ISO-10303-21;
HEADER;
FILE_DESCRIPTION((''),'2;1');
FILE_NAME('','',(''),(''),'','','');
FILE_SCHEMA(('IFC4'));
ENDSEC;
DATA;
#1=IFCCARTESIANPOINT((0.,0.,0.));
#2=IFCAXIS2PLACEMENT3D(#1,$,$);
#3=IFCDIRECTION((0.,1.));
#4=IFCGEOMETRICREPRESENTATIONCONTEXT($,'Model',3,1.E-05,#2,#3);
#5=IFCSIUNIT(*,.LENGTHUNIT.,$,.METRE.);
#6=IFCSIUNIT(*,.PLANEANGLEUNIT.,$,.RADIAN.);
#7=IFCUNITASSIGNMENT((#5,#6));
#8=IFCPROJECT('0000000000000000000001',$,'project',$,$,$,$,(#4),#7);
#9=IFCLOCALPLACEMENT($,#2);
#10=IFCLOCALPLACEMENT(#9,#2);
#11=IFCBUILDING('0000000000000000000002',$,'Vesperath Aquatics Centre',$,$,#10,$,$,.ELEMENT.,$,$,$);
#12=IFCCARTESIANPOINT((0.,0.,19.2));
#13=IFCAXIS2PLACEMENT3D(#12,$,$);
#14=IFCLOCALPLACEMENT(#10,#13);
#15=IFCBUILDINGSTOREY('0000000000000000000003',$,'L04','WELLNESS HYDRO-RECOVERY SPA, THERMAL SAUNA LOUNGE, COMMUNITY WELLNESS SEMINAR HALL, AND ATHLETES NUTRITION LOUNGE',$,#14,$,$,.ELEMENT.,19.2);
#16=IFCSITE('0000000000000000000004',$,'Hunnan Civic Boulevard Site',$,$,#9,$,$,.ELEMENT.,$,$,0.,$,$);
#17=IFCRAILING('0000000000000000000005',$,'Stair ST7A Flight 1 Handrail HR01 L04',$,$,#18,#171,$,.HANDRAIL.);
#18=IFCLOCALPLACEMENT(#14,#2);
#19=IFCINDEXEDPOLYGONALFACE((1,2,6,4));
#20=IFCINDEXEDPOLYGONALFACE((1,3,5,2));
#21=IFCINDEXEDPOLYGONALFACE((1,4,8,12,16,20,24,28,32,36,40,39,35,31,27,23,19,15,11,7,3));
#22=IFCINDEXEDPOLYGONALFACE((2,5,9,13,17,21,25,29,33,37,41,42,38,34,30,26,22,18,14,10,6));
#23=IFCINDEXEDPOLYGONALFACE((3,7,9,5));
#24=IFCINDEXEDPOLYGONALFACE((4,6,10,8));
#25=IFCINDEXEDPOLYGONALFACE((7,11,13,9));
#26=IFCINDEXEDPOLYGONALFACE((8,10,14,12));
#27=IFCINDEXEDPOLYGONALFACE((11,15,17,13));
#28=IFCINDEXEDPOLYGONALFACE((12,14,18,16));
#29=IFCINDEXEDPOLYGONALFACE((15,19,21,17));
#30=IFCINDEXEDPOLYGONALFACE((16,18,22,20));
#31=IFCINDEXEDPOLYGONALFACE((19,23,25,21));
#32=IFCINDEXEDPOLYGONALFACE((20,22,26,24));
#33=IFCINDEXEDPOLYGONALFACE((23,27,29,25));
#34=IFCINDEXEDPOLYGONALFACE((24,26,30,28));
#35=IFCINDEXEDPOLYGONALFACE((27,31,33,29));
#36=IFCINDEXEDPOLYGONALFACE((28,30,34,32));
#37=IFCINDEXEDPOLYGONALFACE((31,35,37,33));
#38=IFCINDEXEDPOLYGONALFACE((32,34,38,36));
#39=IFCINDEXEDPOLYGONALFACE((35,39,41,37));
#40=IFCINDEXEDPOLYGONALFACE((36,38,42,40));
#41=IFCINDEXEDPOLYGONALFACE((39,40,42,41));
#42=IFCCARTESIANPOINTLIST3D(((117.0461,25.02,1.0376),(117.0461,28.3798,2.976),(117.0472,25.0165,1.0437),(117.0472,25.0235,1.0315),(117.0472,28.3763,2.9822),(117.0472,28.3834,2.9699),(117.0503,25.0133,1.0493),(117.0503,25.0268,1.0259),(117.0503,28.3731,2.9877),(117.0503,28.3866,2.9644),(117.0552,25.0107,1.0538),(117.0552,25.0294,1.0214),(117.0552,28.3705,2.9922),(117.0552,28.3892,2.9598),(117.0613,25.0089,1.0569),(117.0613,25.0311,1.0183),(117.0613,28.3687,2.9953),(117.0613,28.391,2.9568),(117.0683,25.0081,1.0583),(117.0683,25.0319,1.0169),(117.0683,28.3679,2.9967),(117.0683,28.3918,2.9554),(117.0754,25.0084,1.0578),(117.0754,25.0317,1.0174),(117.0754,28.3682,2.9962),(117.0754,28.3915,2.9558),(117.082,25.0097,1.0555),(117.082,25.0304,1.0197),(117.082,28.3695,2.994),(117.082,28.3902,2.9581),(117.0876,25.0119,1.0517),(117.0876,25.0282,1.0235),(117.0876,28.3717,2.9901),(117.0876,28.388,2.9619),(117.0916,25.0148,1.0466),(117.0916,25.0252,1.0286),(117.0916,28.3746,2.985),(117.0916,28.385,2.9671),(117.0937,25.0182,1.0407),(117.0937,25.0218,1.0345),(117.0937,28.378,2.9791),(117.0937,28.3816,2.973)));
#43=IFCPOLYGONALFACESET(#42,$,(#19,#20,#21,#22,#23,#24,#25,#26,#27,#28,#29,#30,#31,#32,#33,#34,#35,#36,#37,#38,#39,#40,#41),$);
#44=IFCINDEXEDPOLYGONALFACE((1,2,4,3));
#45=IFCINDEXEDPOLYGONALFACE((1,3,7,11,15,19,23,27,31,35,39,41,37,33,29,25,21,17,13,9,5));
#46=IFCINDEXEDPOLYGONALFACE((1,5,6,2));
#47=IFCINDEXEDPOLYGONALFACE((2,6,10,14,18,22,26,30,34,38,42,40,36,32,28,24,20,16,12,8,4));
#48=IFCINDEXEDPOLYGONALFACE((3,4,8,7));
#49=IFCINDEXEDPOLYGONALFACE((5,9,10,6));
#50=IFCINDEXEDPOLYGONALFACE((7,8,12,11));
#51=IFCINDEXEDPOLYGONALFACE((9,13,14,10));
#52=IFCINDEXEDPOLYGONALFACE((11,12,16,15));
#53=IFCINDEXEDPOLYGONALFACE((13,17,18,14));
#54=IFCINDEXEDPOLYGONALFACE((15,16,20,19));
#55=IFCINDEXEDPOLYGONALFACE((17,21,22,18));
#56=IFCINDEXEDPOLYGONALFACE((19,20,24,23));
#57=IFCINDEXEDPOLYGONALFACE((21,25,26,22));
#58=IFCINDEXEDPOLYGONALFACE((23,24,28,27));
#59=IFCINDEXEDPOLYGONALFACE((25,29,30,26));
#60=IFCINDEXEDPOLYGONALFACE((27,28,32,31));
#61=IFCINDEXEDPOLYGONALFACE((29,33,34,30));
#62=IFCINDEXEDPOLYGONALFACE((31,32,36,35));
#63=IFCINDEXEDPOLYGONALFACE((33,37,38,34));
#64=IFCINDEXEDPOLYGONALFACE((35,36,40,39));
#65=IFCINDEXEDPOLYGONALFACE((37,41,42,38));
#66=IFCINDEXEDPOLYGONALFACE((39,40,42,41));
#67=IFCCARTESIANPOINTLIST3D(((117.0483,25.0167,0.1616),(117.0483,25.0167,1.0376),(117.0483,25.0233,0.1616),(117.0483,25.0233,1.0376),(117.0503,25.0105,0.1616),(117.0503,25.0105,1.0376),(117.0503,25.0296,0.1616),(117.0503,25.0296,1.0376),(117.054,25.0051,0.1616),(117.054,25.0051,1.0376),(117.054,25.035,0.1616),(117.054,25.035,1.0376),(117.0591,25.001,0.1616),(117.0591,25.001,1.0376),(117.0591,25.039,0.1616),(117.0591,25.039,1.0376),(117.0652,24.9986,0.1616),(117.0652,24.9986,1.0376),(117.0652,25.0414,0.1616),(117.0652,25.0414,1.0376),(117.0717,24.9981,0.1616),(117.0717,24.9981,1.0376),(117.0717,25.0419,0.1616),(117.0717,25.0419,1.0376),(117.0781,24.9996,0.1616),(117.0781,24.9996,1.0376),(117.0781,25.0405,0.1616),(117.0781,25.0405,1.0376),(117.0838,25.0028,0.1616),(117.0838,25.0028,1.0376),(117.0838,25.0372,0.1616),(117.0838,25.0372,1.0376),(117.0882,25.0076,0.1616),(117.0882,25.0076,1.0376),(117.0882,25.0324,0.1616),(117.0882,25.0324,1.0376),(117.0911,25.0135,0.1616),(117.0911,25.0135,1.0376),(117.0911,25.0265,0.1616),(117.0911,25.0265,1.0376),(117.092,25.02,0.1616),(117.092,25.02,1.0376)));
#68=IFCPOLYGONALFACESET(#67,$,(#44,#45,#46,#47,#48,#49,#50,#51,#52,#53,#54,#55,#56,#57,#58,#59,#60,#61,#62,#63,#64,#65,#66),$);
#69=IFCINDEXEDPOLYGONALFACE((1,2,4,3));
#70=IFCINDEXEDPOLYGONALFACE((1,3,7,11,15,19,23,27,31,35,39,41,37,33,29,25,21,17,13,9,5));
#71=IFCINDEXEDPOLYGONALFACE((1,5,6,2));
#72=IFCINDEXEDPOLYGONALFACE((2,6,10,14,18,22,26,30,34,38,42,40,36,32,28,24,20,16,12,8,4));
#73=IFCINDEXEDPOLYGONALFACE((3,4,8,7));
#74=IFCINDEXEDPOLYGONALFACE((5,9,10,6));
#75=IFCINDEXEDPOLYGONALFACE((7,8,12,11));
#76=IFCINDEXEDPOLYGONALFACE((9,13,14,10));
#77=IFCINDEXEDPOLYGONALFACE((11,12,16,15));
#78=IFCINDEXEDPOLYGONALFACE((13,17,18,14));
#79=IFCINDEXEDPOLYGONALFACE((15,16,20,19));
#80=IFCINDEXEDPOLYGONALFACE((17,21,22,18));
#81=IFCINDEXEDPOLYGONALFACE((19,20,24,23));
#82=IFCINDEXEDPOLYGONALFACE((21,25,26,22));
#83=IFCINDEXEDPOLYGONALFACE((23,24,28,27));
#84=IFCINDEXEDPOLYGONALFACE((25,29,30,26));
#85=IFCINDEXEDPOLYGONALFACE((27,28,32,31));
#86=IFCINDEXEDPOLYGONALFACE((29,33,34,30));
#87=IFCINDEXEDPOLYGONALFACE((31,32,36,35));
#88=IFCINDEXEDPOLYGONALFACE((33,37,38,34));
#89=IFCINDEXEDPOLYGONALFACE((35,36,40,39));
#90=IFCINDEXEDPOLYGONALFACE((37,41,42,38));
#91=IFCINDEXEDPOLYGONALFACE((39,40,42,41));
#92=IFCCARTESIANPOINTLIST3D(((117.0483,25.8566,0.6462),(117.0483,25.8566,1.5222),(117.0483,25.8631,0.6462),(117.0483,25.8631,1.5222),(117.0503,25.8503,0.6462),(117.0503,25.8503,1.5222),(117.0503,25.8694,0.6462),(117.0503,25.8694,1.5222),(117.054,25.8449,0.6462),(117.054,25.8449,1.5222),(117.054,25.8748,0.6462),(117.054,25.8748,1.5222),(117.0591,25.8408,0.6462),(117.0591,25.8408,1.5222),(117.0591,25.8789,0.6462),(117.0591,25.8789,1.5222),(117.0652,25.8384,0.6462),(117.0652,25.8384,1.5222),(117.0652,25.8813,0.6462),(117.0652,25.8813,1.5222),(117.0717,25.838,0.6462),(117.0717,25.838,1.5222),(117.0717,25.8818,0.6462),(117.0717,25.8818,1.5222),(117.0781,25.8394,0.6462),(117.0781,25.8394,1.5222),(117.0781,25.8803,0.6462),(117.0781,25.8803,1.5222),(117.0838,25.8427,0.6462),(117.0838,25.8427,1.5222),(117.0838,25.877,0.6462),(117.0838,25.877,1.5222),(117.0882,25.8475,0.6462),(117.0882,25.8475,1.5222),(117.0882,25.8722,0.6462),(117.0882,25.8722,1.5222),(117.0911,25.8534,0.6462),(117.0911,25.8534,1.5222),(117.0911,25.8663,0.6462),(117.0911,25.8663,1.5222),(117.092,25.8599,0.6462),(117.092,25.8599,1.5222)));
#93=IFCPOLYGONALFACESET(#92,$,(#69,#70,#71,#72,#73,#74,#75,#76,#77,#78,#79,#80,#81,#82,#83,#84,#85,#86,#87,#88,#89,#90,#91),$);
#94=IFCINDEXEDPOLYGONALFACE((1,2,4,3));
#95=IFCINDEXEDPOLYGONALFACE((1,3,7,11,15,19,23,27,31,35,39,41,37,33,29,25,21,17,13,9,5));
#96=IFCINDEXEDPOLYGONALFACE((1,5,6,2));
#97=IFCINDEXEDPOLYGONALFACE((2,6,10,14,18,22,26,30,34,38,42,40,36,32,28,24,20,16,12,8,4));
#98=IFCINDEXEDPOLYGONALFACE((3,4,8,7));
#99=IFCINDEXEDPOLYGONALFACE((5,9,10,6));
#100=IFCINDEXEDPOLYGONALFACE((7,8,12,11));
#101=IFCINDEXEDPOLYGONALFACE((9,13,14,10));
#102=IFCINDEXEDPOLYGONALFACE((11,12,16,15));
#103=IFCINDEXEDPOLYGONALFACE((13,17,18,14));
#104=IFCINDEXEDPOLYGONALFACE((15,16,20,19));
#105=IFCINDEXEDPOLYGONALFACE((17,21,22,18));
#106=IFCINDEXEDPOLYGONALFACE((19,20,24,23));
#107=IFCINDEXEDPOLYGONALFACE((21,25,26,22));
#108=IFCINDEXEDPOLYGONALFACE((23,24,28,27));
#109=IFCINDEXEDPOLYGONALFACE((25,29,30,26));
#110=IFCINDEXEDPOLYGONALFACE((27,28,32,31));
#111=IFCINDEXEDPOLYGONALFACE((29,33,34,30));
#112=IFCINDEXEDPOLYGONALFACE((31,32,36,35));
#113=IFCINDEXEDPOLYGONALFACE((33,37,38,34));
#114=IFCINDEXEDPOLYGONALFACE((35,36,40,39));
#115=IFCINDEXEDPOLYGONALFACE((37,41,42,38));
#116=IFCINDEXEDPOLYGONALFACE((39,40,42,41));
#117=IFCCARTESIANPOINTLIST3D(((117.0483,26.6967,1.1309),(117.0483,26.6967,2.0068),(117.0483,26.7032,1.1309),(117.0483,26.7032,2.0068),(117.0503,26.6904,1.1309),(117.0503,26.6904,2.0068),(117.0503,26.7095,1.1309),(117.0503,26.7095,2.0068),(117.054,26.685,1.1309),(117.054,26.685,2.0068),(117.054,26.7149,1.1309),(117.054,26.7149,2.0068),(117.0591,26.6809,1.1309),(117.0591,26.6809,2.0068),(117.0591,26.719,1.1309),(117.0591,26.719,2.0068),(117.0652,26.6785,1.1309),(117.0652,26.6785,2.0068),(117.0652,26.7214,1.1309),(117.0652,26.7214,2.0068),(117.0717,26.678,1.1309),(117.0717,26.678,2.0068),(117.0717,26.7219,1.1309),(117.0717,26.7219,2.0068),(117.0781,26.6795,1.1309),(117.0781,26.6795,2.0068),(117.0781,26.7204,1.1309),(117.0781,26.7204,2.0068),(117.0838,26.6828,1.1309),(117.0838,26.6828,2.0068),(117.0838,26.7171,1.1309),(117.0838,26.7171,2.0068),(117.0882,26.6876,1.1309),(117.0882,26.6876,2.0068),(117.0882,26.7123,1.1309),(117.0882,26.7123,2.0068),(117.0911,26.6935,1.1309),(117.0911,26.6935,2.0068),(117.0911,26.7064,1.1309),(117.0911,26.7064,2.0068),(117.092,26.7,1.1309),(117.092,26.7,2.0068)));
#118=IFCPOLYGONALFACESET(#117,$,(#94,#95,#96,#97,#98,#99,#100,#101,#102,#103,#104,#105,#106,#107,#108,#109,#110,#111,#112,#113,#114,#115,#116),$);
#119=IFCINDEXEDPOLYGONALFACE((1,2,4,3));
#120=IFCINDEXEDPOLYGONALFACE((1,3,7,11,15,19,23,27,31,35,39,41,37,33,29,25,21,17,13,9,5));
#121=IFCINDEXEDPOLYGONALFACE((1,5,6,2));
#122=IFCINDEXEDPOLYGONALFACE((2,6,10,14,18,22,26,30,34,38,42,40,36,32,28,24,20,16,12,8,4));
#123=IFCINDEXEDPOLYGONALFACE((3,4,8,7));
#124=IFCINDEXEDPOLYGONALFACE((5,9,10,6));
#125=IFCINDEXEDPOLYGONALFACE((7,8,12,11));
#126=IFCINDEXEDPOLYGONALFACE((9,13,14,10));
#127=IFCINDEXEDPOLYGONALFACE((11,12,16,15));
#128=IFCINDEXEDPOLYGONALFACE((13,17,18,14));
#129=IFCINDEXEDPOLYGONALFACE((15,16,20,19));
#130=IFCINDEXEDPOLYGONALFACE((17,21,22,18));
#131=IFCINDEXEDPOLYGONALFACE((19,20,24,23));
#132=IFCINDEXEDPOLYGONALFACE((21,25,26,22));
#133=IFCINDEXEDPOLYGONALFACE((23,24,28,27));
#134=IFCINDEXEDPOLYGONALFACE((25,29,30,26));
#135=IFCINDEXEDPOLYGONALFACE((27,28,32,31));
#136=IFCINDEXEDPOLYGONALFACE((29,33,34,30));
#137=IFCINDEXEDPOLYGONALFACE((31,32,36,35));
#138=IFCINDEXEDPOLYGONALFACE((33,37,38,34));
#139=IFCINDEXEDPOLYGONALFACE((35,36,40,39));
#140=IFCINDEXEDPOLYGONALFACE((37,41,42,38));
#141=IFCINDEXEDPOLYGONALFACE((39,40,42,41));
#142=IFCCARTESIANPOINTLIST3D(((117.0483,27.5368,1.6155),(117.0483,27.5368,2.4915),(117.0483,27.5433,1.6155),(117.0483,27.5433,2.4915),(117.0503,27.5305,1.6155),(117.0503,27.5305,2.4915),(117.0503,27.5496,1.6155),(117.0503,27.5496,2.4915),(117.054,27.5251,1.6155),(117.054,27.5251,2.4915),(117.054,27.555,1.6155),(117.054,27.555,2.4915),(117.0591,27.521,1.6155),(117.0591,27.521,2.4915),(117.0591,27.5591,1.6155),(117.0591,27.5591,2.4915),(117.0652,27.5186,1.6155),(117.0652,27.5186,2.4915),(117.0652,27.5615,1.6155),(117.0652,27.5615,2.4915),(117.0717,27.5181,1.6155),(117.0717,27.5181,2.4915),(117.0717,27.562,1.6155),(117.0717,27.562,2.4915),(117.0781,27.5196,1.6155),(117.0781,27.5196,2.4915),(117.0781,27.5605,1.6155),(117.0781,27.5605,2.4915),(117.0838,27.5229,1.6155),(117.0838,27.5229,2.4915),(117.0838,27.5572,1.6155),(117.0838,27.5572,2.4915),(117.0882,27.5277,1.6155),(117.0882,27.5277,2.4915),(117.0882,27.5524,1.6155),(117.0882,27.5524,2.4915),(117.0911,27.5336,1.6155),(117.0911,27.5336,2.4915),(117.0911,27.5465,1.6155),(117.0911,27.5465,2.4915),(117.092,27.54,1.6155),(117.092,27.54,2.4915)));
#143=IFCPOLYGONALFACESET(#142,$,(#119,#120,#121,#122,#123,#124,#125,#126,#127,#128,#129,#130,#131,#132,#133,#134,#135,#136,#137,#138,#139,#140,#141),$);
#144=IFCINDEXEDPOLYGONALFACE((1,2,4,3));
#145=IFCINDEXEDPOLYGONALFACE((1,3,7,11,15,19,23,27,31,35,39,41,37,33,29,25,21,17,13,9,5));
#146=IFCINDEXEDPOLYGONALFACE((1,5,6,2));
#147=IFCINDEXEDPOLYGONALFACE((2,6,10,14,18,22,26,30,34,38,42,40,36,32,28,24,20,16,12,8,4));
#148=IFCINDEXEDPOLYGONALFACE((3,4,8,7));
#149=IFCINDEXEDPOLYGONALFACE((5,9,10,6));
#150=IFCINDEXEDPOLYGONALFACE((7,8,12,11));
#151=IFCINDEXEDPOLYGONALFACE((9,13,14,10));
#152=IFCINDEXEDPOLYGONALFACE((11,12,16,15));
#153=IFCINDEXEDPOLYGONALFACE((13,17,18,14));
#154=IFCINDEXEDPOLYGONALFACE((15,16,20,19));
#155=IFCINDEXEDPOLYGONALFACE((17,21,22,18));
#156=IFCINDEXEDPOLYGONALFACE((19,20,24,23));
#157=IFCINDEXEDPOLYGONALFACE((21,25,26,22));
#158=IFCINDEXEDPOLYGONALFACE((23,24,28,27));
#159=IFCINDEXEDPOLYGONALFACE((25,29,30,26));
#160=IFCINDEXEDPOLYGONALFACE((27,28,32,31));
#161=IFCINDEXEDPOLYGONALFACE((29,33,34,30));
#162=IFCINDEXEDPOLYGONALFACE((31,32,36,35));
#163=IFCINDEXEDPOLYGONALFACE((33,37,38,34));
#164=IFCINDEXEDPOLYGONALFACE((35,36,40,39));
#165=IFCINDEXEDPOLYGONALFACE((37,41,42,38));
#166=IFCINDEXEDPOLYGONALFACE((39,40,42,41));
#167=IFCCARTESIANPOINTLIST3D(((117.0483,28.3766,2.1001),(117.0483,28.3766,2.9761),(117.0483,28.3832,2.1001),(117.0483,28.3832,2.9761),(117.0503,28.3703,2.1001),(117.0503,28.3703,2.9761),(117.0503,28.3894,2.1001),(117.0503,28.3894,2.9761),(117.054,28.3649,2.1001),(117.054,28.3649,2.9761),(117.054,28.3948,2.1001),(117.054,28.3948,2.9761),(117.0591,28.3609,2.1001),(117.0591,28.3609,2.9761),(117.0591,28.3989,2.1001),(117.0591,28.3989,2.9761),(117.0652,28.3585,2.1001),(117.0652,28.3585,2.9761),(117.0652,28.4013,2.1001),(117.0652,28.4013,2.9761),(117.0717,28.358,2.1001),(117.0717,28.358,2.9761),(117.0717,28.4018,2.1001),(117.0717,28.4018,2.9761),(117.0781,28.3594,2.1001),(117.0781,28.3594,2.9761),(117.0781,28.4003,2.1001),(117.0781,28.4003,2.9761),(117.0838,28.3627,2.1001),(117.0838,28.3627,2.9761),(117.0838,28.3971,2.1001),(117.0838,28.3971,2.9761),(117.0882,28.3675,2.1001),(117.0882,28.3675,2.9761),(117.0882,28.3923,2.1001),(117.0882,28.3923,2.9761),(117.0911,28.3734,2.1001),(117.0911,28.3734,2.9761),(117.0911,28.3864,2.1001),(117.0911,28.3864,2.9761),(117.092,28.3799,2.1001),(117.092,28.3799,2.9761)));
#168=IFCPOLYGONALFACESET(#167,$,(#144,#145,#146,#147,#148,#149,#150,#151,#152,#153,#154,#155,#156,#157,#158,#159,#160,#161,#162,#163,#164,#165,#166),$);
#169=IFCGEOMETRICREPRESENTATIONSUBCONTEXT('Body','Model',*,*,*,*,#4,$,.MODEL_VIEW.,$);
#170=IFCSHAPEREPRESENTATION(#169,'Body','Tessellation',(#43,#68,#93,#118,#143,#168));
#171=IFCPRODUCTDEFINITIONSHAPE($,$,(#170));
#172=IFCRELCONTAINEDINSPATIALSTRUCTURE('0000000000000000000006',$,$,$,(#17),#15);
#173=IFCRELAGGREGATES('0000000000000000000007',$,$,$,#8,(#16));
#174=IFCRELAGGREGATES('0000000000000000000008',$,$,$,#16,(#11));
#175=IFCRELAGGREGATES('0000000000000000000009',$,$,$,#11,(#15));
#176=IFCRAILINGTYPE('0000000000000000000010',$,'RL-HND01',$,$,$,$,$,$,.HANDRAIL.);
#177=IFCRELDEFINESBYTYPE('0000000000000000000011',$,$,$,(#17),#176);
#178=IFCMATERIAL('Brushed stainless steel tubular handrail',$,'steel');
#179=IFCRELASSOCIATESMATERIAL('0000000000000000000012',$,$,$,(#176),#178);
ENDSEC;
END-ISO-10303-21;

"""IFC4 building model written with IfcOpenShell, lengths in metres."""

from ifc_helpers import new_model, si_unit, direction, frame, origin, origin_2d, place, context, subcontext, project, spatial, circle, extrude, material, type_object, element, save


model = new_model("IFC4")

# Units and contexts
model_context = context("Model", 3, precision=1e-05, world=origin(), true_north=direction((0.0, 1.0)))
body_context = subcontext(model_context, "Body", "Model", "MODEL_VIEW")
ifc_project = project(units=[si_unit("LENGTHUNIT", "METRE"), si_unit("PLANEANGLEUNIT", "RADIAN")], contexts=[model_context])

# Site, building, storey
site_placement = place(None, origin())
site = spatial("IfcSite", under=ifc_project, at=site_placement, Name="Hunnan Civic Boulevard Site", CompositionType="ELEMENT", RefElevation=0.0)
building_placement = place(site_placement, origin())
building = spatial("IfcBuilding", under=site, at=building_placement, Name="Vesperath Aquatics Centre", CompositionType="ELEMENT")
storey_placement = place(building_placement, frame((0.0, 0.0, 19.2)))
storey = spatial("IfcBuildingStorey", under=building, at=storey_placement, Name="L04", Description="WELLNESS HYDRO-RECOVERY SPA, THERMAL SAUNA LOUNGE, COMMUNITY WELLNESS SEMINAR HALL, AND ATHLETES NUTRITION LOUNGE", CompositionType="ELEMENT", Elevation=19.2)

# Railing
ifc_material_1 = material(Name="Brushed stainless steel tubular handrail", Category="steel")
railing_type_1 = type_object("IfcRailingType", Name="RL-HND01", PredefinedType="HANDRAIL", material=ifc_material_1)
railing_1_placement = place(storey_placement, frame((117.0701, 25.02, 0.1616)))
element("IfcRailing", 1, at=railing_1_placement, inside=storey, type_object=railing_type_1, Name="Stair ST7A Flight 1 Handrail HR01 L04", PredefinedType="HANDRAIL", context=body_context, shape_type="SweptSolid", body=[
    extrude(circle(Radius=0.0239, at=origin_2d()), frame((0.0, 0.0, 0.876), z_axis=(0.0, 0.866175, 0.499741), x_axis=(-1.0, 0.0, 0.0)), (0.0, 0.0, 1.0), 3.8789),
    extrude(circle(Radius=0.022, at=origin_2d()), origin(), (0.0, 0.0, 1.0), 0.876),
    extrude(circle(Radius=0.022, at=origin_2d()), frame((0.0, 0.8398, 0.4846)), (0.0, 0.0, 1.0), 0.876),
    extrude(circle(Radius=0.022, at=origin_2d()), frame((0.0, 1.6799, 0.9692)), (0.0, 0.0, 1.0), 0.876),
    extrude(circle(Radius=0.022, at=origin_2d()), frame((0.0, 2.52, 1.4539)), (0.0, 0.0, 1.0), 0.876),
    extrude(circle(Radius=0.022, at=origin_2d()), frame((0.0, 3.3599, 1.9385)), (0.0, 0.0, 1.0), 0.876),
])

save(model, "model.ifc")
